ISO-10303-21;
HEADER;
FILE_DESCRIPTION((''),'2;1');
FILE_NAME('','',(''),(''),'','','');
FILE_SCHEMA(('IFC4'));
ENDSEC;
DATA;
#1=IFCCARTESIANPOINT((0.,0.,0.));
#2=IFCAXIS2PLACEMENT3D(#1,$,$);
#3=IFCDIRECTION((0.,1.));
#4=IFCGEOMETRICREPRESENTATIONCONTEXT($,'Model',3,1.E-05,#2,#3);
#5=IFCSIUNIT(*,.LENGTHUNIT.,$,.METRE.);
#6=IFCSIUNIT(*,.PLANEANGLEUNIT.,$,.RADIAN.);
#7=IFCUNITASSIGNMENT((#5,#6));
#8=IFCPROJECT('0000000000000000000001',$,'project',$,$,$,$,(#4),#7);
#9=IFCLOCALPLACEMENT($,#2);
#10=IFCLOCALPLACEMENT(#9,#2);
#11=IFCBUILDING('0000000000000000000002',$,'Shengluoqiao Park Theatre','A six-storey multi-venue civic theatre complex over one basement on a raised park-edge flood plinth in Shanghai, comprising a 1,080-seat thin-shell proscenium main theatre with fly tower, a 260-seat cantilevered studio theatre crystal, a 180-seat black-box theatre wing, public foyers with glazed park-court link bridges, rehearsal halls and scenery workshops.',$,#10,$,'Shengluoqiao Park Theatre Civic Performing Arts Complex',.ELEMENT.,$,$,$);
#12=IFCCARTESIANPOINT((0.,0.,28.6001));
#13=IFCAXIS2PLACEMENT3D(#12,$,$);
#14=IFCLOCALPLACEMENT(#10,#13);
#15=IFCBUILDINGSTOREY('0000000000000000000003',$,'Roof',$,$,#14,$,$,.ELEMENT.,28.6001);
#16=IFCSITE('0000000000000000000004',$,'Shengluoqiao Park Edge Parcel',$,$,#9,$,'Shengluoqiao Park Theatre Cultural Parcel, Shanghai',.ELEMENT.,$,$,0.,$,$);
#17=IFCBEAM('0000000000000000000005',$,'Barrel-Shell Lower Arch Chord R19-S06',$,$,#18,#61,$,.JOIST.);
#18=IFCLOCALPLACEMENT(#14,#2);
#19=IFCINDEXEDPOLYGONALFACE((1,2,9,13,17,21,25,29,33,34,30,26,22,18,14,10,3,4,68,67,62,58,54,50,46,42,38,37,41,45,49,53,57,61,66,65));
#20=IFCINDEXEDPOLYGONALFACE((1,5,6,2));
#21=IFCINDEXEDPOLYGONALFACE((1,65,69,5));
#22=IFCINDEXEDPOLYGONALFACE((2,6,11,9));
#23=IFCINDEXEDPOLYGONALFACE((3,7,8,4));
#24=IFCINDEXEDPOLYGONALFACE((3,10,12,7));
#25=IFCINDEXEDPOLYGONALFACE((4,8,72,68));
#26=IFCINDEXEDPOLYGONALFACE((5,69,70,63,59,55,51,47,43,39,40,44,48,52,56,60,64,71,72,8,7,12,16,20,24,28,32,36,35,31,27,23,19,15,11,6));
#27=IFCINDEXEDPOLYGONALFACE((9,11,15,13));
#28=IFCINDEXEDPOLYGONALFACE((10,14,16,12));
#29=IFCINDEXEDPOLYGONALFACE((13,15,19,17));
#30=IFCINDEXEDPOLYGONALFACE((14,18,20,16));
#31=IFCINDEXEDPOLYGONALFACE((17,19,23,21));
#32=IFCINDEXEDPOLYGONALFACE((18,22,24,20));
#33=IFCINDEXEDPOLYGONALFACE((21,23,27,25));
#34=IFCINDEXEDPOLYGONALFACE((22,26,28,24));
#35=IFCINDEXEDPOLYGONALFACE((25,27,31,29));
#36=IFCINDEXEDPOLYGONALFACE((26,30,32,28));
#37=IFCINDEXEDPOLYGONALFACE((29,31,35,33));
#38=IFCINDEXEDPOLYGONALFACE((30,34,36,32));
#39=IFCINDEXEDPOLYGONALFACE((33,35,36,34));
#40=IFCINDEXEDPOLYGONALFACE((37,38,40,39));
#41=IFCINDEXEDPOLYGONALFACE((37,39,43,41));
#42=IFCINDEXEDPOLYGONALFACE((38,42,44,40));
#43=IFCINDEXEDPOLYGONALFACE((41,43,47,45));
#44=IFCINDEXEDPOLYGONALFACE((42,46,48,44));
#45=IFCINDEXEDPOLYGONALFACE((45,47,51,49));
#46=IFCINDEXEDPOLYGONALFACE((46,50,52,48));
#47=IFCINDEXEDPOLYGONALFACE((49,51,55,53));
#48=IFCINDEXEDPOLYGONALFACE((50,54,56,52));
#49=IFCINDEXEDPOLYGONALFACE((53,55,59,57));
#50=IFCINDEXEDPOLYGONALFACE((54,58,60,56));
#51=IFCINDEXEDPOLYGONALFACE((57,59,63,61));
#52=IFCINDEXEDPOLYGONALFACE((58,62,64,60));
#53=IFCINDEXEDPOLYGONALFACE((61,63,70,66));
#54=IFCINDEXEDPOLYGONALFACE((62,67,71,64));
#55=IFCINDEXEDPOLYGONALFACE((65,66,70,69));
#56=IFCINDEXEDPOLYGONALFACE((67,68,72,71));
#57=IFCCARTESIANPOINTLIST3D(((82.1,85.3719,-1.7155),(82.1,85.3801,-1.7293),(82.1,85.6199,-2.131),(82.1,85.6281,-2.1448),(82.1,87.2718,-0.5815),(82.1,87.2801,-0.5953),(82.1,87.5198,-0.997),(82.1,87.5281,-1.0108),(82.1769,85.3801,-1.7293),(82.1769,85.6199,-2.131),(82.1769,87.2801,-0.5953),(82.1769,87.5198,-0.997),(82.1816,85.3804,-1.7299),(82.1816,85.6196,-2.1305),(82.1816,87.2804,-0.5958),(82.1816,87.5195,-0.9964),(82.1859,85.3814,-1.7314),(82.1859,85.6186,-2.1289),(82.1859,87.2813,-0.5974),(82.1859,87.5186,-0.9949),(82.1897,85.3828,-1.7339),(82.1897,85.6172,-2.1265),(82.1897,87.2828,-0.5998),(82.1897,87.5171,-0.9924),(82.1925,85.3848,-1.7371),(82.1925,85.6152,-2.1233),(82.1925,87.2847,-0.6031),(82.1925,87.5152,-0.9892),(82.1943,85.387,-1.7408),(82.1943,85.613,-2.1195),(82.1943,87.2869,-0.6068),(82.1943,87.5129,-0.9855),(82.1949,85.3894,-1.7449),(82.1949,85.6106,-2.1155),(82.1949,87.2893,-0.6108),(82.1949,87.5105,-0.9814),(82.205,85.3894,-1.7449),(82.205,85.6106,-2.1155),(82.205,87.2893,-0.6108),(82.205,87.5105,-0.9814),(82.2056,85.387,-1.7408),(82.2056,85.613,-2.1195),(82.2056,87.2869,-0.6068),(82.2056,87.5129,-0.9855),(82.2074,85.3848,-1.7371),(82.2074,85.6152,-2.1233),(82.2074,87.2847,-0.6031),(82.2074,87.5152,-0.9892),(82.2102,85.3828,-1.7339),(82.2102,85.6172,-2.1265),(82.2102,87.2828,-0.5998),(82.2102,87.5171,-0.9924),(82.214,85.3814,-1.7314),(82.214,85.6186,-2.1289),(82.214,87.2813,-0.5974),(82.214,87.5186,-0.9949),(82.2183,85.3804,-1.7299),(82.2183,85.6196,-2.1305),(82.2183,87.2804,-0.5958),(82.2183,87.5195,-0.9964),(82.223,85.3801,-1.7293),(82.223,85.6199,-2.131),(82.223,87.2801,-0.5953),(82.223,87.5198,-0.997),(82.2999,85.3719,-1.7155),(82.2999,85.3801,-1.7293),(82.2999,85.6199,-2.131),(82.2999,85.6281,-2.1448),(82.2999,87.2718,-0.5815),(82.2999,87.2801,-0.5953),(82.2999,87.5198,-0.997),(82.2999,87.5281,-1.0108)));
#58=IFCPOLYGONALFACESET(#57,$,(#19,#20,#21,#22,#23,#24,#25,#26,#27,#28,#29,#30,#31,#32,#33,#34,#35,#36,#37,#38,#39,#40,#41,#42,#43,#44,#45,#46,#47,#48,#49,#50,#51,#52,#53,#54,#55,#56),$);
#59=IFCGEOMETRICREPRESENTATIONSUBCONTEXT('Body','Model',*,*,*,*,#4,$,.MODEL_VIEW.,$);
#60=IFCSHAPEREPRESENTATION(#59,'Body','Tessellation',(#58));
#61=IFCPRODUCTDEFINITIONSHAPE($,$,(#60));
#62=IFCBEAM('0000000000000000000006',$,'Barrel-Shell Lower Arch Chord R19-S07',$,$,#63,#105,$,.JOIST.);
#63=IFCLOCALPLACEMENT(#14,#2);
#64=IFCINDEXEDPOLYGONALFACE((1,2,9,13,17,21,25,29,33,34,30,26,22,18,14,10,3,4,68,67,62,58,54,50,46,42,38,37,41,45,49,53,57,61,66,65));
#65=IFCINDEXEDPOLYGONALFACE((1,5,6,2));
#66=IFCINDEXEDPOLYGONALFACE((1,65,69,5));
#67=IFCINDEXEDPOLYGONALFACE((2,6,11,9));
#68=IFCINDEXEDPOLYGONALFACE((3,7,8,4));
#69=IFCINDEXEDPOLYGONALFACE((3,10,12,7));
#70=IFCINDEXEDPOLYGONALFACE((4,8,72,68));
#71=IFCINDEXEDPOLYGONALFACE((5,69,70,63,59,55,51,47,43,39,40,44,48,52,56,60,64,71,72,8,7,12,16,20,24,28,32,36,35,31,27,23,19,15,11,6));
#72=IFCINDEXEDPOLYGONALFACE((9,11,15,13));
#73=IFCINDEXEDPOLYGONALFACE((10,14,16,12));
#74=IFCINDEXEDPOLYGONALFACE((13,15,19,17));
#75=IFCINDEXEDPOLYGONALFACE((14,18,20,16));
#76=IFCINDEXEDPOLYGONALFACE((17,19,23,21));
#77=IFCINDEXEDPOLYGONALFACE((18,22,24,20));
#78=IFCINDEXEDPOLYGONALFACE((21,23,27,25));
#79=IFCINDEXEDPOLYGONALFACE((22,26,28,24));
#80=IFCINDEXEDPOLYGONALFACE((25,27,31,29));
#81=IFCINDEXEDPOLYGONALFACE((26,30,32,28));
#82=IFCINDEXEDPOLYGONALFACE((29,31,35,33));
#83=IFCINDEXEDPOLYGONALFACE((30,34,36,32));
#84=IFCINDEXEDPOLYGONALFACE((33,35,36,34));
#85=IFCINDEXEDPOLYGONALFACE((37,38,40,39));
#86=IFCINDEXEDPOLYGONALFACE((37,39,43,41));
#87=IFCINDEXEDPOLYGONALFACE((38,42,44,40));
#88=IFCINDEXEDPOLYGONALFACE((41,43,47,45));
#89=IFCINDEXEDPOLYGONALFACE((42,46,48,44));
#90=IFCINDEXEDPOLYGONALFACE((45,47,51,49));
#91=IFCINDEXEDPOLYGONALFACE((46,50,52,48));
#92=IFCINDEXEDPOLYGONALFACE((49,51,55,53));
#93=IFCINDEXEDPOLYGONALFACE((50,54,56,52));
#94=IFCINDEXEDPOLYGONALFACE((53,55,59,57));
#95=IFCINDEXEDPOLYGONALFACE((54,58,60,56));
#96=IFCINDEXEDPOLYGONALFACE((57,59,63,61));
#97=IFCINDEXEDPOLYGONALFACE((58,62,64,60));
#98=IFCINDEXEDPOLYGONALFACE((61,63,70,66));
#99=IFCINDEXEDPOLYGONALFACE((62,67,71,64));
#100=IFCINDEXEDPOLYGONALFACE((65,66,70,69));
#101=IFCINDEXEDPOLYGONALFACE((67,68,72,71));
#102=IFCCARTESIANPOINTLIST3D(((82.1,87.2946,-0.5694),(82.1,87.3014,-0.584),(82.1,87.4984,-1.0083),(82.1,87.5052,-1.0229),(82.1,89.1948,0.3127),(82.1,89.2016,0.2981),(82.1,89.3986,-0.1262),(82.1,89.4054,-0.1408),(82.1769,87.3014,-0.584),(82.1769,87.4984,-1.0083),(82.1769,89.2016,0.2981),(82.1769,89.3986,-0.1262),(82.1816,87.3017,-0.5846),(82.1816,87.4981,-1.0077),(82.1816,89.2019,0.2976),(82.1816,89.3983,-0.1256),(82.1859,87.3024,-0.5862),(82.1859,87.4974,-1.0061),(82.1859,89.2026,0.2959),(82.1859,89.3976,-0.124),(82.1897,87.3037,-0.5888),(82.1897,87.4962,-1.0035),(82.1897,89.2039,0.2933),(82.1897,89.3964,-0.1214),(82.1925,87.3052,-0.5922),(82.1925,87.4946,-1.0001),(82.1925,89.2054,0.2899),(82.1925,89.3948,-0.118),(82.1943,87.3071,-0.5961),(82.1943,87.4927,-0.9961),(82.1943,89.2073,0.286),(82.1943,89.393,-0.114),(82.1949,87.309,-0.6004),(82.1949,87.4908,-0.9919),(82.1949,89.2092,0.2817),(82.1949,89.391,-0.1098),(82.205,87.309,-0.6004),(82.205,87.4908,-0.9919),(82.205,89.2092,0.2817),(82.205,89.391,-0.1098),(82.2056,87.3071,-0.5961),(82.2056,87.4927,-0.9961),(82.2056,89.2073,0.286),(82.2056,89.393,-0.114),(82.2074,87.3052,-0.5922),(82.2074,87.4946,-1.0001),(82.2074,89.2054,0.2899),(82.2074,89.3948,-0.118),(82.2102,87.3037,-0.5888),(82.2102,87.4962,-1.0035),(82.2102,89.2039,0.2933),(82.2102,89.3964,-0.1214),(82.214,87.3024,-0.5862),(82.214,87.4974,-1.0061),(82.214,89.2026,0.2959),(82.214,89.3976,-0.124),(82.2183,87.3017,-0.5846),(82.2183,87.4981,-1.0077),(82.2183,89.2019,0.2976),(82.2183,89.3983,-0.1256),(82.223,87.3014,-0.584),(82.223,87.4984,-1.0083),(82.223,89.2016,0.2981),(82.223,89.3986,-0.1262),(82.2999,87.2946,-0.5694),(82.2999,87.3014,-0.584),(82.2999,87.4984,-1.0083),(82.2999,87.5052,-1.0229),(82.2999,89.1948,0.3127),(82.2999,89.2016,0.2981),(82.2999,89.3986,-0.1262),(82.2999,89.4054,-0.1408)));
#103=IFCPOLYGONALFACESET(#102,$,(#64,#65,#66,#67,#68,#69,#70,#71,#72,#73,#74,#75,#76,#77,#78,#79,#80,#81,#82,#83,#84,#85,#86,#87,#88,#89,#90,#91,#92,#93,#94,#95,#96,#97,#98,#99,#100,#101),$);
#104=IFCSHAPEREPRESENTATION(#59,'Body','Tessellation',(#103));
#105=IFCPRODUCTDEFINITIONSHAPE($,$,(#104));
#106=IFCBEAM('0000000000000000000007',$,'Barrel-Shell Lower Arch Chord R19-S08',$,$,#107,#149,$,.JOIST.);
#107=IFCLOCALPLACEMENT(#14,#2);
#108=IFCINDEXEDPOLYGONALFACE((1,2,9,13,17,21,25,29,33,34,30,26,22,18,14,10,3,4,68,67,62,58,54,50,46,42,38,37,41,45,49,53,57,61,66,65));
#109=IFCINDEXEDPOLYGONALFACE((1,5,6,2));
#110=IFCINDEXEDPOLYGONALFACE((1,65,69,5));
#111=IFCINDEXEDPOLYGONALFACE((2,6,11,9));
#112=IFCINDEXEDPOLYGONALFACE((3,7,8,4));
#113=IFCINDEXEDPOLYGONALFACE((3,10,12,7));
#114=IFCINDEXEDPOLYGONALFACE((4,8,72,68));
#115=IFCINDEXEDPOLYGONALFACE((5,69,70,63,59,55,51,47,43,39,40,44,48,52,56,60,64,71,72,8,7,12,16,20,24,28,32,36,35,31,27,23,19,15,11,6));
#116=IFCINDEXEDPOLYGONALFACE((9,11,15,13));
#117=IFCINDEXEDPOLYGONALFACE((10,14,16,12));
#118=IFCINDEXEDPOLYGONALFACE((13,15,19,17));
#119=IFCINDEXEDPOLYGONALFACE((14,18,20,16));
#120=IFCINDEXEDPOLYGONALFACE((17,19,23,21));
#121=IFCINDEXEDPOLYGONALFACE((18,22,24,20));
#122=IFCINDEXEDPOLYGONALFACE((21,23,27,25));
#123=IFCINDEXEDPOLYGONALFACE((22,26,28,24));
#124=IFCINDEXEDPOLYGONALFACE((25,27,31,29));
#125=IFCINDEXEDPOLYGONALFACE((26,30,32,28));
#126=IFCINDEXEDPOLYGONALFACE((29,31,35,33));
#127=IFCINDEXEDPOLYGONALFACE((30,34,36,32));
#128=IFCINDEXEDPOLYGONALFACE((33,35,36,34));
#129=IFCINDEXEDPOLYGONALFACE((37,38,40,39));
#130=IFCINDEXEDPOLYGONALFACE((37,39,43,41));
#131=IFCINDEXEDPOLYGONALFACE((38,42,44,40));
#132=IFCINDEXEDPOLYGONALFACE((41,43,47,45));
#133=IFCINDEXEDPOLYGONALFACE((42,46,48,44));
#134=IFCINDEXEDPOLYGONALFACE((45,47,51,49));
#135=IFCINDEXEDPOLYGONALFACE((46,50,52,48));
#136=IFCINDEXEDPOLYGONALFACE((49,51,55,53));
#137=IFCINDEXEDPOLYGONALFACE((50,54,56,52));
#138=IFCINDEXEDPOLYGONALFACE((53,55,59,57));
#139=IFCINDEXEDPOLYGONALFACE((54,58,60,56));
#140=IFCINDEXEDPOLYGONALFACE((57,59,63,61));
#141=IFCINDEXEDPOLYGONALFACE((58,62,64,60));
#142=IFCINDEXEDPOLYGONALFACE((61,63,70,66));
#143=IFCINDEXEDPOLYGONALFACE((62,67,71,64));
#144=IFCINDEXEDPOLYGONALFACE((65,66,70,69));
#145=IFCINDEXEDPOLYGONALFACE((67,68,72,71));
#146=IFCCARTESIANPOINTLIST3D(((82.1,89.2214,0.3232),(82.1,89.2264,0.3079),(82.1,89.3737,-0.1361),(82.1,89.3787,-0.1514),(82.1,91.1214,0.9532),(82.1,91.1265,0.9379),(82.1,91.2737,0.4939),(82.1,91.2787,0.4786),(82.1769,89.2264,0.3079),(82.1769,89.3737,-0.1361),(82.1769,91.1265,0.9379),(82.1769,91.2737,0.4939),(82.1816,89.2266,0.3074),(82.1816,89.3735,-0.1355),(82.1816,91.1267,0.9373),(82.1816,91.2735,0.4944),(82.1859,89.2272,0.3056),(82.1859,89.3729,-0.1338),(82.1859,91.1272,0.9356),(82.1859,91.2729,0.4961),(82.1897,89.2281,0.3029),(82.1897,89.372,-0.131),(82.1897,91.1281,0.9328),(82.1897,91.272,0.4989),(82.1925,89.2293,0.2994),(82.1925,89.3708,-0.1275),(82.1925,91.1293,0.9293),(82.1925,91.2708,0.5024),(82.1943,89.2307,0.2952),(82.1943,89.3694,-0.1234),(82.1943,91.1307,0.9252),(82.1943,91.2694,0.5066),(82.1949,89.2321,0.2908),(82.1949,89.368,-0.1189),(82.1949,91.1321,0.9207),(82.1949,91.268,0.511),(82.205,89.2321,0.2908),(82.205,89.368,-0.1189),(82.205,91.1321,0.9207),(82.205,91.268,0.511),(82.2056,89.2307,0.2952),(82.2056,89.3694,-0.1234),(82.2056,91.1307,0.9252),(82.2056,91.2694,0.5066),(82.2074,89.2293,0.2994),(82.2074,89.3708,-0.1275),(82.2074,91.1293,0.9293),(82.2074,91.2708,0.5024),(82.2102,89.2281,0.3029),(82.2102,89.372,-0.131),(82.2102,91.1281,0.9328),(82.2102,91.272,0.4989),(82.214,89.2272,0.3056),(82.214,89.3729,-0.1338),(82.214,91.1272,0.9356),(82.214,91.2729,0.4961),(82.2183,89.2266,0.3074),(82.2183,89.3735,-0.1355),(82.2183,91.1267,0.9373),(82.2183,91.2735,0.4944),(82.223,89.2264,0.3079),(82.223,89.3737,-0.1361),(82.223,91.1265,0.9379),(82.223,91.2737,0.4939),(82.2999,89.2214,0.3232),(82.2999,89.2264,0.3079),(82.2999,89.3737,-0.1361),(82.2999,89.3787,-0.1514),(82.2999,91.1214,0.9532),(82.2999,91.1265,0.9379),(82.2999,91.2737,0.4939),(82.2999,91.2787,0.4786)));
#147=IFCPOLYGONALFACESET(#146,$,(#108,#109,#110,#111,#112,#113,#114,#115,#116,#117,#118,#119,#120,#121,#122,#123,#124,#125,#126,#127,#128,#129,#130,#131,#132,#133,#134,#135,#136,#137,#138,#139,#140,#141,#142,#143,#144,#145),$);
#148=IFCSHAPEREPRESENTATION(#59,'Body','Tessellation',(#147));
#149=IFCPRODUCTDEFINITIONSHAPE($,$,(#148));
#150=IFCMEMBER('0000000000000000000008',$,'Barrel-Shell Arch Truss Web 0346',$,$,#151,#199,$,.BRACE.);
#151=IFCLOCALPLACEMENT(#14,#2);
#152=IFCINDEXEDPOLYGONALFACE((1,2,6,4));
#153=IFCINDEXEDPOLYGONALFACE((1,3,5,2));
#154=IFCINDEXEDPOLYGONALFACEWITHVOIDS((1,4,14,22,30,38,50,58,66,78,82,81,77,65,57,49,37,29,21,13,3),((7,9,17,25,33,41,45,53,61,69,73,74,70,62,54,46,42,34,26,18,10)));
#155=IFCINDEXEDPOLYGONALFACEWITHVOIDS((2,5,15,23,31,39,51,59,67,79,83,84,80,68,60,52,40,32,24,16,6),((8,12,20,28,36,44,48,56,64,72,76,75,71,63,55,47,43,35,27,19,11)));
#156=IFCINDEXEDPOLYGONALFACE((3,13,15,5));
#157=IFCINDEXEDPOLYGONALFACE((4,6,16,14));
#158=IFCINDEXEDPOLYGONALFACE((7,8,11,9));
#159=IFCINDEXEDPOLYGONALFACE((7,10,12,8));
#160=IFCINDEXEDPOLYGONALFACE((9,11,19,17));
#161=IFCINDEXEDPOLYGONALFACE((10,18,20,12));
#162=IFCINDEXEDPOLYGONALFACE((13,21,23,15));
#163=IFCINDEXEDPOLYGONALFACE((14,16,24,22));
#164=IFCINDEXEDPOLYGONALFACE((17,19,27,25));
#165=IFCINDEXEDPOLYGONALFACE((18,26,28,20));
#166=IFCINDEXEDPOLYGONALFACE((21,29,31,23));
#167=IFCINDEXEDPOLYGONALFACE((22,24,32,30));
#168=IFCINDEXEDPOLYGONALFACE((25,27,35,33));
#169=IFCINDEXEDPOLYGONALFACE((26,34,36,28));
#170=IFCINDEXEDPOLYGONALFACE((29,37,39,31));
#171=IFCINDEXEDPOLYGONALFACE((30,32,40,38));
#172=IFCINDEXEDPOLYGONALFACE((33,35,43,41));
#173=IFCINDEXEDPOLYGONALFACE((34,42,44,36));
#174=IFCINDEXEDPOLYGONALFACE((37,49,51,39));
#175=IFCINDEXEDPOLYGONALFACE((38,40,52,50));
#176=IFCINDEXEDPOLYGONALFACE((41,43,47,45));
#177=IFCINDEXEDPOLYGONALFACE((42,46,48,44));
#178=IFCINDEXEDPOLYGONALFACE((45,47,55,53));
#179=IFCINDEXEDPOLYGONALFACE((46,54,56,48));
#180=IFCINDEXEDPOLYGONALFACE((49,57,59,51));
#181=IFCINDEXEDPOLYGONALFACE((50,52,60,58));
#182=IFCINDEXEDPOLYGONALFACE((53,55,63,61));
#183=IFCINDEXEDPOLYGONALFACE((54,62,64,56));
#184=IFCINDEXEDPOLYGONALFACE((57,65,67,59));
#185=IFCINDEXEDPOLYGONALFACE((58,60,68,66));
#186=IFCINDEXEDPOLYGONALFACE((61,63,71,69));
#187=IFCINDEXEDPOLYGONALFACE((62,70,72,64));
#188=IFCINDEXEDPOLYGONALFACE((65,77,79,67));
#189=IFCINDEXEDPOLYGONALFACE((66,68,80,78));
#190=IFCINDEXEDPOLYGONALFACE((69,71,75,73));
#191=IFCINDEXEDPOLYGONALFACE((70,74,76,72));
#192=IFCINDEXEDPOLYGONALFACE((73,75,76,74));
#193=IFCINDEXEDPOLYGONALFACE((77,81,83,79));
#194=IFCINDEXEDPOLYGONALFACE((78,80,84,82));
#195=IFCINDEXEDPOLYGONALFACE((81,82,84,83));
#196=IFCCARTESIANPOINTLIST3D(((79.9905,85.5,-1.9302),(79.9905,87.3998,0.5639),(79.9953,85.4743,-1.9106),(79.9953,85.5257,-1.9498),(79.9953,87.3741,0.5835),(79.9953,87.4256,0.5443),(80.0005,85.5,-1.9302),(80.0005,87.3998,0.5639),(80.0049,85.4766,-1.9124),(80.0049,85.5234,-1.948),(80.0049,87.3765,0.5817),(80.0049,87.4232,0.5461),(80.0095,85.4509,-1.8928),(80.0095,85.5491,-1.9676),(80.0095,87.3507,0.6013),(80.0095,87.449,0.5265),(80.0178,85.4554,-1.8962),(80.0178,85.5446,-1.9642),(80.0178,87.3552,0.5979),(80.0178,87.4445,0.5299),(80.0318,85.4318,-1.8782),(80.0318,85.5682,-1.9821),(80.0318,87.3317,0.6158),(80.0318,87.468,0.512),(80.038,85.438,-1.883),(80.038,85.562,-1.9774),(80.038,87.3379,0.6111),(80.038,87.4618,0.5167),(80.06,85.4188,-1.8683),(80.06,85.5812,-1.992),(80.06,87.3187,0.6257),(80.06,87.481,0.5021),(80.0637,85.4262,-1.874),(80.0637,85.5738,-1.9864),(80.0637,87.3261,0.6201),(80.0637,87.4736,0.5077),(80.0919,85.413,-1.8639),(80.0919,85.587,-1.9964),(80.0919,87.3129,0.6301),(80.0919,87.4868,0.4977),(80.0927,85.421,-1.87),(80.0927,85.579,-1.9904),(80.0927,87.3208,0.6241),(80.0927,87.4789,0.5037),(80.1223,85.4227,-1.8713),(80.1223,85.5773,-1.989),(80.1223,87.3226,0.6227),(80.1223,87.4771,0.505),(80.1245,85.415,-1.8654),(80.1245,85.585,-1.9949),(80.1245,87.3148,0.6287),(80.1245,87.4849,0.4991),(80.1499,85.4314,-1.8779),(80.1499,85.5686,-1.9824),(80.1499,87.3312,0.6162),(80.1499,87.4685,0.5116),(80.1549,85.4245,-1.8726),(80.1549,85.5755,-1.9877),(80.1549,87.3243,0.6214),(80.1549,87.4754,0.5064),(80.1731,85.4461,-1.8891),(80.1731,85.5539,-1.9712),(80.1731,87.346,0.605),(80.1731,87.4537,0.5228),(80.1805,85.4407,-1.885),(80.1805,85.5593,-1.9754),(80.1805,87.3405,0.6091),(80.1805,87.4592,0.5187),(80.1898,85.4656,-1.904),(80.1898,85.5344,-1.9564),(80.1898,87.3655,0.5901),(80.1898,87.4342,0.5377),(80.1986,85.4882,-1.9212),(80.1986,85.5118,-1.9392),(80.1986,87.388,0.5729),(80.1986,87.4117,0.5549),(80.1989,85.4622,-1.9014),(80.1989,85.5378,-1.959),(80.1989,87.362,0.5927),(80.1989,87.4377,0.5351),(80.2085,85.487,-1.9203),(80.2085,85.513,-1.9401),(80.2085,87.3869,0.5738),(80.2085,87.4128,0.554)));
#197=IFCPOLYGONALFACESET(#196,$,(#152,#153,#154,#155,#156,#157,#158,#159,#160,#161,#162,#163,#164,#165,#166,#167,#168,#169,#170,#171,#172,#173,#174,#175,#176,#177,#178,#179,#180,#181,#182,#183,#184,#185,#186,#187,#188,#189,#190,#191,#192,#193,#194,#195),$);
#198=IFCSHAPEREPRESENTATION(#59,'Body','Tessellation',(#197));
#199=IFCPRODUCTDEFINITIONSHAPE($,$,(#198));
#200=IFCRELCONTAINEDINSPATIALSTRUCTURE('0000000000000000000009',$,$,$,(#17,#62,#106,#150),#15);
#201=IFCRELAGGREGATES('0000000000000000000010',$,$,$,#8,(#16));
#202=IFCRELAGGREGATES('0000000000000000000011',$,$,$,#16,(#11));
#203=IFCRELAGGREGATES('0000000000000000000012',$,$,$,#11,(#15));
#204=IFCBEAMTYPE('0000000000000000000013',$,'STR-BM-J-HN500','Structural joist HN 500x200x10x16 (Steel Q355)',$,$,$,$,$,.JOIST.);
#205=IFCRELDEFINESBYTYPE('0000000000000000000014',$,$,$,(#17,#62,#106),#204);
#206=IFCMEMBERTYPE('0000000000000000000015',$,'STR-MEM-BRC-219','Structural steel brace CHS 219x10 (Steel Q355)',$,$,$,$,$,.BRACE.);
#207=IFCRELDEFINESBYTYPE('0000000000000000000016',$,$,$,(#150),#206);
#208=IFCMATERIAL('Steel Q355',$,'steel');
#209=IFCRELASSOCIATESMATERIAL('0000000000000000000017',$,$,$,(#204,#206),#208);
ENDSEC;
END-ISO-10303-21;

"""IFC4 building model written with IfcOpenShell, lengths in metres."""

from ifc_helpers import new_model, si_unit, direction, frame, origin, origin_2d, place, context, subcontext, project, spatial, hollow_circle, i_section, extrude, material, material_profile, profile_set, type_object, element, save


model = new_model("IFC4")

# Units and contexts
model_context = context("Model", 3, precision=1e-05, world=origin(), true_north=direction((0.0, 1.0)))
body_context = subcontext(model_context, "Body", "Model", "MODEL_VIEW")
ifc_project = project(units=[si_unit("LENGTHUNIT", "METRE"), si_unit("PLANEANGLEUNIT", "RADIAN")], contexts=[model_context])

# Site, building, storey
site_placement = place(None, origin())
site = spatial("IfcSite", under=ifc_project, at=site_placement, Name="Shengluoqiao Park Edge Parcel", LongName="Shengluoqiao Park Theatre Cultural Parcel, Shanghai", CompositionType="ELEMENT", RefElevation=0.0)
building_placement = place(site_placement, origin())
building = spatial("IfcBuilding", under=site, at=building_placement, Name="Shengluoqiao Park Theatre", Description="A six-storey multi-venue civic theatre complex over one basement on a raised park-edge flood plinth in Shanghai, comprising a 1,080-seat thin-shell proscenium main theatre with fly tower, a 260-seat cantilevered studio theatre crystal, a 180-seat black-box theatre wing, public foyers with glazed park-court link bridges, rehearsal halls and scenery workshops.", LongName="Shengluoqiao Park Theatre Civic Performing Arts Complex", CompositionType="ELEMENT")
storey_placement = place(building_placement, frame((0.0, 0.0, 28.6001)))
storey = spatial("IfcBuildingStorey", under=building, at=storey_placement, Name="Roof", CompositionType="ELEMENT", Elevation=28.6001)

# Beams
ifc_material_1 = material(Name="Steel Q355", Category="steel")
ifc_material_profile_1 = material_profile(ifc_material_1, i_section(OverallWidth=0.2, OverallDepth=0.5, WebThickness=0.01, FlangeThickness=0.0161, FilletRadius=0.0181, at=origin_2d()), Name="HN 500x200x10x16")
ifc_profile_set_1 = profile_set([ifc_material_profile_1], Name="Steel Q355")
beam_type_1 = type_object("IfcBeamType", Name="STR-BM-J-HN500", Description="Structural joist HN 500x200x10x16 (Steel Q355)", PredefinedType="JOIST", material=ifc_profile_set_1)
beam_1_placement = place(storey_placement, frame((82.2, 85.5, -1.9302), z_axis=(0.0, 0.858669, 0.512531), x_axis=(-1.0, 0.0, 0.0)))
element("IfcBeam", 1, at=beam_1_placement, inside=storey, type_object=beam_type_1, Name="Barrel-Shell Lower Arch Chord R19-S06", PredefinedType="JOIST", context=body_context, shape_type="SweptSolid", body=[
    extrude(i_section(OverallWidth=0.2, OverallDepth=0.5, WebThickness=0.01, FlangeThickness=0.0161, FilletRadius=0.0181, at=origin_2d()), origin(), (0.0, 0.0, 1.0), 2.2126),
])
beam_2_placement = place(storey_placement, frame((82.2, 87.3999, -0.7961), z_axis=(0.0, 0.907033, 0.42106), x_axis=(-1.0, 0.0, 0.0)))
element("IfcBeam", 2, at=beam_2_placement, inside=storey, type_object=beam_type_1, Name="Barrel-Shell Lower Arch Chord R19-S07", PredefinedType="JOIST", context=body_context, shape_type="SweptSolid", body=[
    extrude(i_section(OverallWidth=0.2, OverallDepth=0.5, WebThickness=0.01, FlangeThickness=0.0161, FilletRadius=0.0181, at=origin_2d()), origin(), (0.0, 0.0, 1.0), 2.095),
])
beam_3_placement = place(storey_placement, frame((82.2, 89.3, 0.0859), z_axis=(0.0, 0.949194, 0.31469), x_axis=(-1.0, 0.0, 0.0)))
element("IfcBeam", 3, at=beam_3_placement, inside=storey, type_object=beam_type_1, Name="Barrel-Shell Lower Arch Chord R19-S08", PredefinedType="JOIST", context=body_context, shape_type="SweptSolid", body=[
    extrude(i_section(OverallWidth=0.2, OverallDepth=0.5, WebThickness=0.01, FlangeThickness=0.0161, FilletRadius=0.0181, at=origin_2d()), origin(), (0.0, 0.0, 1.0), 2.0017),
])

# Member
ifc_material_profile_2 = material_profile(ifc_material_1, hollow_circle(Radius=0.1096, WallThickness=0.01, at=origin_2d()), Name="CHS 219x10")
ifc_profile_set_2 = profile_set([ifc_material_profile_2], Name="Steel Q355")
member_type_1 = type_object("IfcMemberType", Name="STR-MEM-BRC-219", Description="Structural steel brace CHS 219x10 (Steel Q355)", PredefinedType="BRACE", material=ifc_profile_set_2)
member_1_placement = place(storey_placement, frame((80.1001, 85.5, -1.9302), z_axis=(0.0, 0.605963, 0.795492), x_axis=(-1.0, 0.0, 0.0)))
element("IfcMember", 4, at=member_1_placement, inside=storey, type_object=member_type_1, Name="Barrel-Shell Arch Truss Web 0346", PredefinedType="BRACE", context=body_context, shape_type="SweptSolid", body=[
    extrude(hollow_circle(Radius=0.1096, WallThickness=0.01, at=origin_2d()), origin(), (0.0, 0.0, 1.0), 3.1353),
])

save(model, "model.ifc")
